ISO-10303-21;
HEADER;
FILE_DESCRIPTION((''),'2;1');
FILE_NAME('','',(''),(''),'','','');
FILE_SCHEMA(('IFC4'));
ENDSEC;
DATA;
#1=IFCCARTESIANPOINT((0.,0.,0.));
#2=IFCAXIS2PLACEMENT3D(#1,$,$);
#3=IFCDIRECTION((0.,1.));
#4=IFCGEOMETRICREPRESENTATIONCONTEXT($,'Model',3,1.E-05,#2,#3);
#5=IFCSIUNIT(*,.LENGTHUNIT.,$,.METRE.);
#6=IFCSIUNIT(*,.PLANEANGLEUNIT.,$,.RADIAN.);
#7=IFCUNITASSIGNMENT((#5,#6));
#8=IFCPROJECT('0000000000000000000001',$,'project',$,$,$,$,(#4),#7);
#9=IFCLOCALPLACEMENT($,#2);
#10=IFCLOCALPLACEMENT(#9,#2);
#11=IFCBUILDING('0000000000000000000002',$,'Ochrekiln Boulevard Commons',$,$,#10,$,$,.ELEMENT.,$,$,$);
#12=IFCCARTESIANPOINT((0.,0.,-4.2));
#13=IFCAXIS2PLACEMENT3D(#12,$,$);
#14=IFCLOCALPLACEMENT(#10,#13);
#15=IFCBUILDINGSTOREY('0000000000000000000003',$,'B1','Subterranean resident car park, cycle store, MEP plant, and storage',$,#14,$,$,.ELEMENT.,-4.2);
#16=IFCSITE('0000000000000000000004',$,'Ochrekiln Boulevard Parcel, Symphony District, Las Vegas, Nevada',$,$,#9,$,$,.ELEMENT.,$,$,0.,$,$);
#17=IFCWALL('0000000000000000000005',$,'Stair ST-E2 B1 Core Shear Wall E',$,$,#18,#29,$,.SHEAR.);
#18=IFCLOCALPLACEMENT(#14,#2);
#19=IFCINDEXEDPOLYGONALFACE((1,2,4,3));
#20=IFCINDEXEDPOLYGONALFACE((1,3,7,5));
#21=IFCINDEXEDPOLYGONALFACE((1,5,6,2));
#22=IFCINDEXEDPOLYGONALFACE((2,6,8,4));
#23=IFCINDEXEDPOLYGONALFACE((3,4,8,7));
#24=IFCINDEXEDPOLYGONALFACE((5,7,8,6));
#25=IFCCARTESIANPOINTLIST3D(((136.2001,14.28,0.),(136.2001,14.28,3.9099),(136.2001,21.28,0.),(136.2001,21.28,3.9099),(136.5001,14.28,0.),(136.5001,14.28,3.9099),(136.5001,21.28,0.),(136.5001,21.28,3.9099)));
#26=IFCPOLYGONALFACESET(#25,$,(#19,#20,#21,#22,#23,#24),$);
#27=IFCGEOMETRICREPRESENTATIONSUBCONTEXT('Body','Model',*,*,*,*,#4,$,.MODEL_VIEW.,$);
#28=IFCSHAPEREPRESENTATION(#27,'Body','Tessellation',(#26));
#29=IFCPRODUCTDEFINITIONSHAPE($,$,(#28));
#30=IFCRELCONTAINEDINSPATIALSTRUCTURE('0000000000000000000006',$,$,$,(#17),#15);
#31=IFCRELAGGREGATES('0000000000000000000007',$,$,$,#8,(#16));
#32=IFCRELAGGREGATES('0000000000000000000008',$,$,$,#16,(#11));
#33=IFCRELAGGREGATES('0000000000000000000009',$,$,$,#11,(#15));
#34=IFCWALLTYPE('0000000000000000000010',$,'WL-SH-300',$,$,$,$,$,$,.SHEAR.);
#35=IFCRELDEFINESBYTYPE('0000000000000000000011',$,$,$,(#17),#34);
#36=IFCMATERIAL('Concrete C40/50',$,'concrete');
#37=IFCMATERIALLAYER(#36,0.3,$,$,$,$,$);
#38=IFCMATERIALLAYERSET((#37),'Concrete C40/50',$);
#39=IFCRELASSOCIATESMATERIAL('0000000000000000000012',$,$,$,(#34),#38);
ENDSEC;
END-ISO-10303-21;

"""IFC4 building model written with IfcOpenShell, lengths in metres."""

from ifc_helpers import new_model, si_unit, direction, frame, frame_2d, origin, place, context, subcontext, project, spatial, rectangle, extrude, material, layer, layer_set, type_object, element, save


model = new_model("IFC4")

# Units and contexts
model_context = context("Model", 3, precision=1e-05, world=origin(), true_north=direction((0.0, 1.0)))
body_context = subcontext(model_context, "Body", "Model", "MODEL_VIEW")
ifc_project = project(units=[si_unit("LENGTHUNIT", "METRE"), si_unit("PLANEANGLEUNIT", "RADIAN")], contexts=[model_context])

# Site, building, storey
site_placement = place(None, origin())
site = spatial("IfcSite", under=ifc_project, at=site_placement, Name="Ochrekiln Boulevard Parcel, Symphony District, Las Vegas, Nevada", CompositionType="ELEMENT", RefElevation=0.0)
building_placement = place(site_placement, origin())
building = spatial("IfcBuilding", under=site, at=building_placement, Name="Ochrekiln Boulevard Commons", CompositionType="ELEMENT")
storey_placement = place(building_placement, frame((0.0, 0.0, -4.2)))
storey = spatial("IfcBuildingStorey", under=building, at=storey_placement, Name="B1", Description="Subterranean resident car park, cycle store, MEP plant, and storage", CompositionType="ELEMENT", Elevation=-4.2)

# Shared definitions
ifc_material_1 = material(Name="Concrete C40/50", Category="concrete")

# Wall
ifc_layer = layer(ifc_material_1, 0.3)
ifc_layer_set = layer_set([ifc_layer], Name="Concrete C40/50")
wall_type = type_object("IfcWallType", Name="WL-SH-300", PredefinedType="SHEAR", material=ifc_layer_set)
for number, where, z_axis, x_axis, name in (
    (1, (136.3501, 14.28, 0.0), (0.0, 0.0, 1.0), (0.0, 1.0, 0.0), "Stair ST-E2 B1 Core Shear Wall E"),
):
    element("IfcWall", number, at=place(storey_placement, frame(where, z_axis=z_axis, x_axis=x_axis)), inside=storey, type_object=wall_type, Name=name, PredefinedType="SHEAR", context=body_context, shape_type="SweptSolid", body=[
        extrude(rectangle(XDim=7.0, YDim=0.3, at=frame_2d((3.5, 0.0))), origin(), (0.0, 0.0, 1.0), 3.9099),
    ])

save(model, "model.ifc")
